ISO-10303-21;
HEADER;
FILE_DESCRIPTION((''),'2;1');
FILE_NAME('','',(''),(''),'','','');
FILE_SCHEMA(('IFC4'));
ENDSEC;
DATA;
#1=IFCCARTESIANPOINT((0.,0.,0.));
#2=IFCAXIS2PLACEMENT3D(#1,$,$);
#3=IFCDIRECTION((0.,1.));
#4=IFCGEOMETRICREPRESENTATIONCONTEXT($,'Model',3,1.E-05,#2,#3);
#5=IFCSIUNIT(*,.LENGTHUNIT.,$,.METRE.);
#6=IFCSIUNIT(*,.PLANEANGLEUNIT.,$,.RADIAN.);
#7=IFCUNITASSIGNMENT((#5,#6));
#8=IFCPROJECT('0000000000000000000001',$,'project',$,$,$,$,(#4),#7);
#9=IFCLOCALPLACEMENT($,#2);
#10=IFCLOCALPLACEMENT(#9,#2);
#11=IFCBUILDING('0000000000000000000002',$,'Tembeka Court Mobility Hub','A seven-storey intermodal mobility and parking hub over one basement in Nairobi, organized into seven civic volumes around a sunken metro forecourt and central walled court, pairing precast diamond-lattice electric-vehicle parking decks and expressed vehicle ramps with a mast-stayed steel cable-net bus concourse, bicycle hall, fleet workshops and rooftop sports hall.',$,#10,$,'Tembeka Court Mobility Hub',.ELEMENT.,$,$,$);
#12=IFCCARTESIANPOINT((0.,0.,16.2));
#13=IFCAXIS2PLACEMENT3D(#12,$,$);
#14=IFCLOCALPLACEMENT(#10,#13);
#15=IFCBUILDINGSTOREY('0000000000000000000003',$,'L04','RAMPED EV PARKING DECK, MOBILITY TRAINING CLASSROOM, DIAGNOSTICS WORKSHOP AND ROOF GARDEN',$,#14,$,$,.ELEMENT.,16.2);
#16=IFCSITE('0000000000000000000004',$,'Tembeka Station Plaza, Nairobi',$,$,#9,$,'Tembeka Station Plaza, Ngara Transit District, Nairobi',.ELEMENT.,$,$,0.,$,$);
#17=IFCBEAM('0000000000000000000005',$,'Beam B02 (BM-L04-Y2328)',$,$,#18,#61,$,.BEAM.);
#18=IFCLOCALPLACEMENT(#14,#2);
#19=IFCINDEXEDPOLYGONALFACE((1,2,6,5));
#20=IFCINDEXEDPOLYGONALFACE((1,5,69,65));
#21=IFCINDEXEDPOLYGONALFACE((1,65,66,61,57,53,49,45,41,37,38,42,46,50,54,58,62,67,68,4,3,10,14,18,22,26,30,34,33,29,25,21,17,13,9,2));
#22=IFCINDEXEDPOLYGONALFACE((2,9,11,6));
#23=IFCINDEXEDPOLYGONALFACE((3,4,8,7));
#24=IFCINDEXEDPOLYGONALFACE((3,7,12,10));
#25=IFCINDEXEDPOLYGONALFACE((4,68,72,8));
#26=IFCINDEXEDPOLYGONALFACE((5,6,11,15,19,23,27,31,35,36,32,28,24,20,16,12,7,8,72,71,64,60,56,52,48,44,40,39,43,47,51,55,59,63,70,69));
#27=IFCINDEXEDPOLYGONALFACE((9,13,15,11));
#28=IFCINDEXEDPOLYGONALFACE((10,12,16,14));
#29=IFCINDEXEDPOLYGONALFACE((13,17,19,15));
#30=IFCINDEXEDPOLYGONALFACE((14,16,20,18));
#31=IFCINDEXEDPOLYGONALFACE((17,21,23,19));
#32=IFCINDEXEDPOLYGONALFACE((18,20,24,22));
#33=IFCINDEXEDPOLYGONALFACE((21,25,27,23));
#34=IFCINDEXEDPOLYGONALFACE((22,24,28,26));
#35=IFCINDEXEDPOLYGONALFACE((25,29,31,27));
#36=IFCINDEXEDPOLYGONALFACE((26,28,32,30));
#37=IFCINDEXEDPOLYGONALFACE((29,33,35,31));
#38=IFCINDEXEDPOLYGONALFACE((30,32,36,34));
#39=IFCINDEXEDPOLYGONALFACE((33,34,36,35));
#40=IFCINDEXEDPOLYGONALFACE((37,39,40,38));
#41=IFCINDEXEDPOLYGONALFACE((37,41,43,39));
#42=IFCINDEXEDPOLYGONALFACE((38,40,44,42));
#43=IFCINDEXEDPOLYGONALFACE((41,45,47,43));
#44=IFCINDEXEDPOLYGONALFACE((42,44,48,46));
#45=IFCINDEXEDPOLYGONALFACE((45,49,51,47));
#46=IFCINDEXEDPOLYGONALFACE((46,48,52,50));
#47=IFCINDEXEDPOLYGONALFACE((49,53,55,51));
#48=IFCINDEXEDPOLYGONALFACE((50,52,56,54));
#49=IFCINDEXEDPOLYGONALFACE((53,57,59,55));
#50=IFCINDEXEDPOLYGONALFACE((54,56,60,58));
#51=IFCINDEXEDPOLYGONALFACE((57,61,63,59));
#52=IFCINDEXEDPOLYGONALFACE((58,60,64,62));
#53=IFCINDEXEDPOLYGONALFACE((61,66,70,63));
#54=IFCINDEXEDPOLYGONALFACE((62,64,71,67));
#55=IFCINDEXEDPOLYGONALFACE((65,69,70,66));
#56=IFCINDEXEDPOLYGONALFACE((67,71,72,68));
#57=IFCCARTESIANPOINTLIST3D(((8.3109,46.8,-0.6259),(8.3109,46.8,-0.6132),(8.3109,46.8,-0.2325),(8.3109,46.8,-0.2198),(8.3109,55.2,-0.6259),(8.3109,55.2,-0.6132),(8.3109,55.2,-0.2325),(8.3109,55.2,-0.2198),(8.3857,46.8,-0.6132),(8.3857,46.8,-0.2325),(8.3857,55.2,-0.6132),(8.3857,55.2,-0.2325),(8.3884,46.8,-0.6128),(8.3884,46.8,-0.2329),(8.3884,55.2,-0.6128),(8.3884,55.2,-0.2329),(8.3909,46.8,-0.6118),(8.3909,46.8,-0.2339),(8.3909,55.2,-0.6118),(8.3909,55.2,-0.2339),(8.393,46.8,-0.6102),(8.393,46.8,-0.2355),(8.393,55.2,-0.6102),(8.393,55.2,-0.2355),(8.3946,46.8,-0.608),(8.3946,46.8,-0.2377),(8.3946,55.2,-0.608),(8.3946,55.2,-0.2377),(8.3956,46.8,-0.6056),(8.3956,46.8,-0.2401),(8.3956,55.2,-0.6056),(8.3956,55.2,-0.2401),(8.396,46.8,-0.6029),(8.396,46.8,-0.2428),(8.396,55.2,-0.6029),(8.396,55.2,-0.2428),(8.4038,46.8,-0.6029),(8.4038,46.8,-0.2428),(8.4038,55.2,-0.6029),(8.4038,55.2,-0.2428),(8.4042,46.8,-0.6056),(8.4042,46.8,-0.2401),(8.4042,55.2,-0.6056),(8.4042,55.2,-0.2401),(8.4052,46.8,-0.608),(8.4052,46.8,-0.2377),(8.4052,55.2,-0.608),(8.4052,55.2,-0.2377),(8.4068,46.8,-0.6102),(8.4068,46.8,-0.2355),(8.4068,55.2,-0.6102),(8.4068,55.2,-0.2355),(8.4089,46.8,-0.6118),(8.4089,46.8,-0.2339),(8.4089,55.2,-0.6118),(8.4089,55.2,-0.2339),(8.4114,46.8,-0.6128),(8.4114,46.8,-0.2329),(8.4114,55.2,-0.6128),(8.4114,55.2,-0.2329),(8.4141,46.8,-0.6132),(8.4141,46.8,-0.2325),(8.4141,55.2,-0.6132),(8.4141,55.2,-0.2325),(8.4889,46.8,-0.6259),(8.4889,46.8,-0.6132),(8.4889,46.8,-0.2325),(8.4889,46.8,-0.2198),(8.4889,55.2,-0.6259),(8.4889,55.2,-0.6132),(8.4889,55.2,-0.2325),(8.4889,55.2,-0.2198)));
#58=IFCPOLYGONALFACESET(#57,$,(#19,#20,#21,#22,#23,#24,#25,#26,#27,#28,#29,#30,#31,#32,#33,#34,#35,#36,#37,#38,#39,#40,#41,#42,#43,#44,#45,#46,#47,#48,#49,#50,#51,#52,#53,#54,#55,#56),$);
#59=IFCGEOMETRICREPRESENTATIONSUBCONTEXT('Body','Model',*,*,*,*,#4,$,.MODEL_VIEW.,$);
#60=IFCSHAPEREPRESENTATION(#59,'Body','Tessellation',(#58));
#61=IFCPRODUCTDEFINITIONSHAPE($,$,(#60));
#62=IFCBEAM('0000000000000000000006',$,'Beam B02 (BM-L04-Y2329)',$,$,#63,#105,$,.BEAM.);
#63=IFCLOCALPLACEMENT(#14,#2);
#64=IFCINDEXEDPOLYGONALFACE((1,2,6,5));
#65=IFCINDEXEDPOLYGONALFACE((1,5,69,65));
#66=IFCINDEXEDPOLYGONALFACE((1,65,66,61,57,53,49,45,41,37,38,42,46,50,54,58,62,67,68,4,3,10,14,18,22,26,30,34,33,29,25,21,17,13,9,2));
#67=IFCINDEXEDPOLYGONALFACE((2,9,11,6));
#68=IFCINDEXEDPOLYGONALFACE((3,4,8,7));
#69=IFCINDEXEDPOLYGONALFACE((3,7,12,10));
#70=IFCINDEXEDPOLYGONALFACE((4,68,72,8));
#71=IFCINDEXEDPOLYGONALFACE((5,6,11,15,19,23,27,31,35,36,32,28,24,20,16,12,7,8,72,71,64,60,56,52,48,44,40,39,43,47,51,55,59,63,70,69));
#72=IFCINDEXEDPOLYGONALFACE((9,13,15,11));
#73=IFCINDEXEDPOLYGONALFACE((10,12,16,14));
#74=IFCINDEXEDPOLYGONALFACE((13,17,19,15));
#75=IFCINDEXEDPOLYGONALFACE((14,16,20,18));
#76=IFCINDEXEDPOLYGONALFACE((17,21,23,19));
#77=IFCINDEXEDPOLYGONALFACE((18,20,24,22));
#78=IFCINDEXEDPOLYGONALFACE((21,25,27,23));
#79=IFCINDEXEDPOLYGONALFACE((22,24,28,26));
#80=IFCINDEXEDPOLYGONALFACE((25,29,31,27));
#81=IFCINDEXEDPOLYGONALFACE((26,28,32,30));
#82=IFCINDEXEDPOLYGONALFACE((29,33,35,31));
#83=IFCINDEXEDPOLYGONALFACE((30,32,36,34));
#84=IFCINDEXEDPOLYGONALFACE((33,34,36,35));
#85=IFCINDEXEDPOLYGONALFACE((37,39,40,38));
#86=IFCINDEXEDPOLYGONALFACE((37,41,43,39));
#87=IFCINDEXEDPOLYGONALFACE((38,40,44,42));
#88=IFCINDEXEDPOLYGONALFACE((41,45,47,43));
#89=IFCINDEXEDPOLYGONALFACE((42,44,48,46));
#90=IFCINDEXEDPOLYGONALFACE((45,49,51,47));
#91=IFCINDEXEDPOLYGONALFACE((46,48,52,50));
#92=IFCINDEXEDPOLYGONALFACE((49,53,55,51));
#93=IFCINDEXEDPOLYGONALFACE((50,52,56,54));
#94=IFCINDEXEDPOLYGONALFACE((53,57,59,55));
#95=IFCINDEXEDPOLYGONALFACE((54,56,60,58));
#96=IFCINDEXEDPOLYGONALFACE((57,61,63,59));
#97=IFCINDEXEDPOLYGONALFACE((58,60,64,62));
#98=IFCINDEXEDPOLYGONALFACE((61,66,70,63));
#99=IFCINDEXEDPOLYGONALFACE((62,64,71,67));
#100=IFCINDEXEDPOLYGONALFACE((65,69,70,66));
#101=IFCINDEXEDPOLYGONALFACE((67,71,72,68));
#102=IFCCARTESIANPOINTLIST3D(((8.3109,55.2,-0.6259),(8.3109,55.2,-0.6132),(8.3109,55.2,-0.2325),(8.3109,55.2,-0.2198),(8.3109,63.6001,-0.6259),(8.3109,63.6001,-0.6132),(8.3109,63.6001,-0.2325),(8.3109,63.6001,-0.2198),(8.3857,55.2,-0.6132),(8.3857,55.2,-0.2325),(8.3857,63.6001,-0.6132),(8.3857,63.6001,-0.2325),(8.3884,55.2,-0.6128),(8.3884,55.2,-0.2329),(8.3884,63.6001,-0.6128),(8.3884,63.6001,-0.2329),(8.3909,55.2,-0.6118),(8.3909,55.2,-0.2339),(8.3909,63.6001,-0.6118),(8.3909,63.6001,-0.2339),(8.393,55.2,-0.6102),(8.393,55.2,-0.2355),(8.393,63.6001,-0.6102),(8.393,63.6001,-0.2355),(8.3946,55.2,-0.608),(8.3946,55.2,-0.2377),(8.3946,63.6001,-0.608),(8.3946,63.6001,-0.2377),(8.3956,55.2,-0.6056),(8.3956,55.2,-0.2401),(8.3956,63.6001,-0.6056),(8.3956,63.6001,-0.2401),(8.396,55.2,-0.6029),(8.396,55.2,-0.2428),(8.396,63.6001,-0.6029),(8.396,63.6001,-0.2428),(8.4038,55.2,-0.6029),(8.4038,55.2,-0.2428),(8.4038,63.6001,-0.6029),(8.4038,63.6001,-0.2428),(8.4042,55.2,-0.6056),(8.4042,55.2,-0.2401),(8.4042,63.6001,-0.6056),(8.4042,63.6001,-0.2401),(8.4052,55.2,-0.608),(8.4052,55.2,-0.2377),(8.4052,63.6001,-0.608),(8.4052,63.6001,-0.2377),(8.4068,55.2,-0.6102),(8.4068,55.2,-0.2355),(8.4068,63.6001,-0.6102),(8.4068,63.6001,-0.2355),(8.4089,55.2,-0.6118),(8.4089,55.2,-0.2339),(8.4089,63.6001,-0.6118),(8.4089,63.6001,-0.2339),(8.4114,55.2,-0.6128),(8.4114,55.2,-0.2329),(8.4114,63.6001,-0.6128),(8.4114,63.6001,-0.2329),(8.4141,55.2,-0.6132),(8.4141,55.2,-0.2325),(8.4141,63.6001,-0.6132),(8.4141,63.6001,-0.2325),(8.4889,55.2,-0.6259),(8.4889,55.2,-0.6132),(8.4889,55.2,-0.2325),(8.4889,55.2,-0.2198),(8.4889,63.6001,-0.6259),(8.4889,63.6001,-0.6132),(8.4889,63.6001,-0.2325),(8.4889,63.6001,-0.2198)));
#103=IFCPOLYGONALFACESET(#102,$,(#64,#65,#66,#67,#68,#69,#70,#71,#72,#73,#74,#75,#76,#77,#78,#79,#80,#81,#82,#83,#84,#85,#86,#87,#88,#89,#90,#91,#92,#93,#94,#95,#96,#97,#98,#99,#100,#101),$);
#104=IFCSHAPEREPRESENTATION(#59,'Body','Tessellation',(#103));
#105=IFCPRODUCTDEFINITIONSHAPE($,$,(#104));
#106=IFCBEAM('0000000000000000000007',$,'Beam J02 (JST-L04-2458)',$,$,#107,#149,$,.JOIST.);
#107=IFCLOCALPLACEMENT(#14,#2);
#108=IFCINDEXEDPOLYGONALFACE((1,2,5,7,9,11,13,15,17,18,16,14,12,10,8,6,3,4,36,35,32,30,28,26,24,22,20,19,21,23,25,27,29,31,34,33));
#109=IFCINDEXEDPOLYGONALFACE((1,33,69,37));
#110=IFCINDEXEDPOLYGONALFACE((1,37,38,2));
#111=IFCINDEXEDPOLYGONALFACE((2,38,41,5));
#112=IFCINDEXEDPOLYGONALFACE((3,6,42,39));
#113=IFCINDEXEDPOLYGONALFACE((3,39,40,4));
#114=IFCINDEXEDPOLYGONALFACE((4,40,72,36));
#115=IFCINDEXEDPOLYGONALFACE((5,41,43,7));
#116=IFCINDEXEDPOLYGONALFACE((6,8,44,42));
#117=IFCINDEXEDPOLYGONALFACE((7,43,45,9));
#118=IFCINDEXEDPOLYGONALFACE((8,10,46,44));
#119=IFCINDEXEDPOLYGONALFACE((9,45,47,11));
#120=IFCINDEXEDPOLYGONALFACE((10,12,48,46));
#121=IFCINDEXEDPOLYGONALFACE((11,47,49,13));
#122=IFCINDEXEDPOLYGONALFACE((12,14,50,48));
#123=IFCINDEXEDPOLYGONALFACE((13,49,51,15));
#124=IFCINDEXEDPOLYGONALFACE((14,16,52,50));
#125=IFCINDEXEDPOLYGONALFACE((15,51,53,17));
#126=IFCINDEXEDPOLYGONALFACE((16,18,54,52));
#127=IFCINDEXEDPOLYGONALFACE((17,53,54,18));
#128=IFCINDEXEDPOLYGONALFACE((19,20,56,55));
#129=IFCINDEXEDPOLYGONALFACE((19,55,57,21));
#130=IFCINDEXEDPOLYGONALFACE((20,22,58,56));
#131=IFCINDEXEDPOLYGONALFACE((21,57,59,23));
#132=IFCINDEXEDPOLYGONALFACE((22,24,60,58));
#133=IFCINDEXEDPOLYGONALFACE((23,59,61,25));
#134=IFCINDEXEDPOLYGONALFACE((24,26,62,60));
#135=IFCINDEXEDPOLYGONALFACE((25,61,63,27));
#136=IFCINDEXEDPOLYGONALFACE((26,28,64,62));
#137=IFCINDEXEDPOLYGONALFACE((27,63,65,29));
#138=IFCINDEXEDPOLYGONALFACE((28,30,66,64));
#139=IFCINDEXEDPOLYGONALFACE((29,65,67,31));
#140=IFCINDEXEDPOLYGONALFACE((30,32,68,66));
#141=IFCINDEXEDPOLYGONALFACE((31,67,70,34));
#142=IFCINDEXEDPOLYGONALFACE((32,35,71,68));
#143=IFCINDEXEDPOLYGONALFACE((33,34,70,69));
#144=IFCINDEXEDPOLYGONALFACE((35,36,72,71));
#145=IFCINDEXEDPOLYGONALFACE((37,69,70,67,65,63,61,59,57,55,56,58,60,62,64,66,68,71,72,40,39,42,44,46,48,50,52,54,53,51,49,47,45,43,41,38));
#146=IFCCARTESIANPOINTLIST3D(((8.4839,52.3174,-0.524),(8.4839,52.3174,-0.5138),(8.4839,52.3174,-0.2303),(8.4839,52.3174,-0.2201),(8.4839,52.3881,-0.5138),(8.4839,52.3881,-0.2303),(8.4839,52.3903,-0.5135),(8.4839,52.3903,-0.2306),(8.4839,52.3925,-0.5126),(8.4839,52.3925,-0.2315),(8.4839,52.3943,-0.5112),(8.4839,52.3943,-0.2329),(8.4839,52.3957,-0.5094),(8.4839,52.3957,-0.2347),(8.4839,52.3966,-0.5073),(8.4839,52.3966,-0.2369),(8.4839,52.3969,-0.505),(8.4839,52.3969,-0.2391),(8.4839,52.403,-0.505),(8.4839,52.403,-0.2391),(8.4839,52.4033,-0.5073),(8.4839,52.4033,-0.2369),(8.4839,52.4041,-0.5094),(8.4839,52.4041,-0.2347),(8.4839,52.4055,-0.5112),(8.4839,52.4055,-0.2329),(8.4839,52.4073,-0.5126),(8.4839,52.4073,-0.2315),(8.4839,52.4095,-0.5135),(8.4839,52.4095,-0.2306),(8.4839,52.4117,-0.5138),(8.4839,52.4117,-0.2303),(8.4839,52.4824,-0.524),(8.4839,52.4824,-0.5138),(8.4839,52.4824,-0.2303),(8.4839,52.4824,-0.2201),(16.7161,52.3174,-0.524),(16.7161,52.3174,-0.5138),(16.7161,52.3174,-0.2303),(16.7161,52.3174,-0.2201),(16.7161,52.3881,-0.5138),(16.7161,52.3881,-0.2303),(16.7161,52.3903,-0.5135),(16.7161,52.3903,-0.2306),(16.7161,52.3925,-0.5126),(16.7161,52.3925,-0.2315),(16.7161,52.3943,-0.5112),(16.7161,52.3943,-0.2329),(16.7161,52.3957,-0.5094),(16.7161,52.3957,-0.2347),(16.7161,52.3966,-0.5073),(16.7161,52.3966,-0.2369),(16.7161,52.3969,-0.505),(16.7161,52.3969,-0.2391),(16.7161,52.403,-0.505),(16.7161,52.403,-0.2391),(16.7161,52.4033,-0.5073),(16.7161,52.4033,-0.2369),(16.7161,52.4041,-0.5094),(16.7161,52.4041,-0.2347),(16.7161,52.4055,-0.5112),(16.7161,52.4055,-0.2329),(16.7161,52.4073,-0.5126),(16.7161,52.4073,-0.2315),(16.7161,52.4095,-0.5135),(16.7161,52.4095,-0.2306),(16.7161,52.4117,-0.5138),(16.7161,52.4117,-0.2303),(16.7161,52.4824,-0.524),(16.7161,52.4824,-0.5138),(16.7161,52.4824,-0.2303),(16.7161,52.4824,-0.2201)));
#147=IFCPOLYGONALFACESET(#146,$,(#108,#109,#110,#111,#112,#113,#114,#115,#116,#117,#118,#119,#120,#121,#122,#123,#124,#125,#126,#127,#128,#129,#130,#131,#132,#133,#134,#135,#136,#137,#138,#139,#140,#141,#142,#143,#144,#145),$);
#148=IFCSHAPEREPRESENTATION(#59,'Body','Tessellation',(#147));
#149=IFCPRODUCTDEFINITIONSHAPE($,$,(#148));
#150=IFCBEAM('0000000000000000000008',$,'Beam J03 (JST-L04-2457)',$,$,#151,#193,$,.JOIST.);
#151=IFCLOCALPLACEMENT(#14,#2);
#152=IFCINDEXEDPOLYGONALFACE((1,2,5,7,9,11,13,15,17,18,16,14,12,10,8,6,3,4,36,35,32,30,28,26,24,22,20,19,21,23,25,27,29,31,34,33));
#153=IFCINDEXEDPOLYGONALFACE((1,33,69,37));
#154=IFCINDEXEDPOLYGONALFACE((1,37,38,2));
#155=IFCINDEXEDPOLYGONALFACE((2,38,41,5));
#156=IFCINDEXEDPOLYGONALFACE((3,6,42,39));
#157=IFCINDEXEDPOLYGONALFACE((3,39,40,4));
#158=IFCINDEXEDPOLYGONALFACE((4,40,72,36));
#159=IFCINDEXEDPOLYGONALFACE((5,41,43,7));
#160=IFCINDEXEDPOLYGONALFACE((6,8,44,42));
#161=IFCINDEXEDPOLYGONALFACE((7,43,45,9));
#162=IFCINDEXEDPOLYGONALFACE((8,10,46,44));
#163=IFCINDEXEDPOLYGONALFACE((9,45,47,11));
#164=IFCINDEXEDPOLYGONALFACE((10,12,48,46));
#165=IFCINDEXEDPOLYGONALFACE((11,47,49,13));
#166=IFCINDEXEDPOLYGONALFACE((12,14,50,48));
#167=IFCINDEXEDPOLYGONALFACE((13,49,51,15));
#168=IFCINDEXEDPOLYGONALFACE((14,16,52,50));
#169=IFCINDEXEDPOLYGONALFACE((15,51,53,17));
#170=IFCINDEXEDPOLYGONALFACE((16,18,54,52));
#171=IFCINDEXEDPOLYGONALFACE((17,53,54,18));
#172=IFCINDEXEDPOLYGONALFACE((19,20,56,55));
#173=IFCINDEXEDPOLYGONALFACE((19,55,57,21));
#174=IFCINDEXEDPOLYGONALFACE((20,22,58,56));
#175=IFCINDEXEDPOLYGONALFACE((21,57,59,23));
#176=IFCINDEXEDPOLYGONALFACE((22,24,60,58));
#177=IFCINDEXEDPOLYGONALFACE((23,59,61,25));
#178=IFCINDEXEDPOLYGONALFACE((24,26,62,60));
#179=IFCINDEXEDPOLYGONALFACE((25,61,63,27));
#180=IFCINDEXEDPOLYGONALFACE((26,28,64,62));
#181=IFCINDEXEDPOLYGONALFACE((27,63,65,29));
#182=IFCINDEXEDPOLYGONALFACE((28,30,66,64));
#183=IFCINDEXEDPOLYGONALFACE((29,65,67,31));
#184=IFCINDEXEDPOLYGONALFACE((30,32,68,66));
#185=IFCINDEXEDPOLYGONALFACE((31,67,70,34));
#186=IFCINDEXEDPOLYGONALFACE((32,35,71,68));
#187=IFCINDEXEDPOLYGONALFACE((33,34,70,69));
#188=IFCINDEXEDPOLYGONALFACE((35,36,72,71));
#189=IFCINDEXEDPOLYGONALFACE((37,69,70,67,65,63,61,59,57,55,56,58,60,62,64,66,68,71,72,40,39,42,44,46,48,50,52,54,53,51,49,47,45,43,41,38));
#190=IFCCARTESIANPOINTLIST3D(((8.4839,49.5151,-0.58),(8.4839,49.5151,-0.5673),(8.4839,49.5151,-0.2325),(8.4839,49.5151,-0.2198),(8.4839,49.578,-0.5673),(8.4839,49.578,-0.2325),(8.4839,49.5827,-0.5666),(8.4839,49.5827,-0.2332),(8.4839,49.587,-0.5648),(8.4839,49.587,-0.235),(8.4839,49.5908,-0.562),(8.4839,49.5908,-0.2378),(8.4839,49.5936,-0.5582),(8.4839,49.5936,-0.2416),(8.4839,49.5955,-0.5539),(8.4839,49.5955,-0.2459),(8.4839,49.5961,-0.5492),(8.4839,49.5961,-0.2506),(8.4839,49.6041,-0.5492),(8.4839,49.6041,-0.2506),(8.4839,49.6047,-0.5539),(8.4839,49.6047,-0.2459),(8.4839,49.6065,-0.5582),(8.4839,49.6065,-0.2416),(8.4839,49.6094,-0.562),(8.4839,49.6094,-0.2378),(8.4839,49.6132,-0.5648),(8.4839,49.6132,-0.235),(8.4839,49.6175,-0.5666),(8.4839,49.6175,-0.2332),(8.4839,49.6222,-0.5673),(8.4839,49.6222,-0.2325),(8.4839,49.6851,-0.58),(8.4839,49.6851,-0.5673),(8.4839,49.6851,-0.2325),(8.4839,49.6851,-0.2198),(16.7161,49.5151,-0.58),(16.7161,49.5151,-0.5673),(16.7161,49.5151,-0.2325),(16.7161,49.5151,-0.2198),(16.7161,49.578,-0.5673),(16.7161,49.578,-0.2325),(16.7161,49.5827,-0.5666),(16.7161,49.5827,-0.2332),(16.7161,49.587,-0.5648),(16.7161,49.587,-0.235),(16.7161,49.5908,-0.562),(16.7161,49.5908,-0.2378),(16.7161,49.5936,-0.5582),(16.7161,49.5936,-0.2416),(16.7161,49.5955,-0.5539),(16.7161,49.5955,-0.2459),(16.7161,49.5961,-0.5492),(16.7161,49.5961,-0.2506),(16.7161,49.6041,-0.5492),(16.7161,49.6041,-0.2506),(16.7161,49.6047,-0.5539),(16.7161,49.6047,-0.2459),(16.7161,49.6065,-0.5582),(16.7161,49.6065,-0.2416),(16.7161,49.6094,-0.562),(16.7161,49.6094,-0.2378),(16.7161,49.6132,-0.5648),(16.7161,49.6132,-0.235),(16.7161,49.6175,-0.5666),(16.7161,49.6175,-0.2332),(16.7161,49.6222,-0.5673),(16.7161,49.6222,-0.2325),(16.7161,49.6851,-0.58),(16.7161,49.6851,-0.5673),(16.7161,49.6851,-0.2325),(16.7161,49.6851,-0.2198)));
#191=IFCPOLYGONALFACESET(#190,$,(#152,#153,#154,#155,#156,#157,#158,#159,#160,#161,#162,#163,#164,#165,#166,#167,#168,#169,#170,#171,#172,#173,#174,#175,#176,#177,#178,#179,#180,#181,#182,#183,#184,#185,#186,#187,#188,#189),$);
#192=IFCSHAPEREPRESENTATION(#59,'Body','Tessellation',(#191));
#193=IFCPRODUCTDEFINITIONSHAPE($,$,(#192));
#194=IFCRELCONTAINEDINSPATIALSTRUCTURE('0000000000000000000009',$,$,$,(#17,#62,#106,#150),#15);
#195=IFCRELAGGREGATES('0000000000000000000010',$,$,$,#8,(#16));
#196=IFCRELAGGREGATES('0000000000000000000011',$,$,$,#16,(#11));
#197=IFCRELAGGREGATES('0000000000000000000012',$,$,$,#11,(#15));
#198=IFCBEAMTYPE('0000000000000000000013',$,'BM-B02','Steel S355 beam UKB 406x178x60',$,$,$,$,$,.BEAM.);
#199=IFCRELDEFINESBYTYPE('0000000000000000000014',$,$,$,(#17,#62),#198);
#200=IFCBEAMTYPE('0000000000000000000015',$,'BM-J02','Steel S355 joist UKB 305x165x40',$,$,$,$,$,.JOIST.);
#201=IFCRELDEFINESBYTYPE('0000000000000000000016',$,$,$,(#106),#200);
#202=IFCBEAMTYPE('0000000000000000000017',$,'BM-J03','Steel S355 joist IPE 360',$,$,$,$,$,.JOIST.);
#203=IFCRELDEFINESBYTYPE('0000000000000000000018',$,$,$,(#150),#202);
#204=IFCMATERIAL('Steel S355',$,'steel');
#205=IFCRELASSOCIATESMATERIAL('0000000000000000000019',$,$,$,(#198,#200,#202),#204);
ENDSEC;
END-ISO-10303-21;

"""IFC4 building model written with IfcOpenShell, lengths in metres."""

from ifc_helpers import new_model, si_unit, direction, frame, origin, origin_2d, place, context, subcontext, project, spatial, i_section, extrude, material, material_profile, profile_set, type_object, element, save


model = new_model("IFC4")

# Units and contexts
model_context = context("Model", 3, precision=1e-05, world=origin(), true_north=direction((0.0, 1.0)))
body_context = subcontext(model_context, "Body", "Model", "MODEL_VIEW")
ifc_project = project(units=[si_unit("LENGTHUNIT", "METRE"), si_unit("PLANEANGLEUNIT", "RADIAN")], contexts=[model_context])

# Site, building, storey
site_placement = place(None, origin())
site = spatial("IfcSite", under=ifc_project, at=site_placement, Name="Tembeka Station Plaza, Nairobi", LongName="Tembeka Station Plaza, Ngara Transit District, Nairobi", CompositionType="ELEMENT", RefElevation=0.0)
building_placement = place(site_placement, origin())
building = spatial("IfcBuilding", under=site, at=building_placement, Name="Tembeka Court Mobility Hub", Description="A seven-storey intermodal mobility and parking hub over one basement in Nairobi, organized into seven civic volumes around a sunken metro forecourt and central walled court, pairing precast diamond-lattice electric-vehicle parking decks and expressed vehicle ramps with a mast-stayed steel cable-net bus concourse, bicycle hall, fleet workshops and rooftop sports hall.", LongName="Tembeka Court Mobility Hub", CompositionType="ELEMENT")
storey_placement = place(building_placement, frame((0.0, 0.0, 16.2)))
storey = spatial("IfcBuildingStorey", under=building, at=storey_placement, Name="L04", Description="RAMPED EV PARKING DECK, MOBILITY TRAINING CLASSROOM, DIAGNOSTICS WORKSHOP AND ROOF GARDEN", CompositionType="ELEMENT", Elevation=16.2)

# Shared definitions
ifc_material_1 = material(Name="Steel S355", Category="steel")

# Beams
ifc_material_profile_1 = material_profile(ifc_material_1, i_section(OverallWidth=0.178, OverallDepth=0.406, WebThickness=0.0078, FlangeThickness=0.0127, FilletRadius=0.0103, at=origin_2d()), Name="UKB 406x178x60")
ifc_profile_set_1 = profile_set([ifc_material_profile_1], Name="Steel S355")
beam_type_1 = type_object("IfcBeamType", Name="BM-B02", Description="Steel S355 beam UKB 406x178x60", PredefinedType="BEAM", material=ifc_profile_set_1)
beam_1_placement = place(storey_placement, frame((8.3999, 46.8, -0.4229), z_axis=(0.0, 1.0, 0.0), x_axis=(-1.0, 0.0, 0.0)))
element("IfcBeam", 1, at=beam_1_placement, inside=storey, type_object=beam_type_1, Name="Beam B02 (BM-L04-Y2328)", PredefinedType="BEAM", context=body_context, shape_type="SweptSolid", body=[
    extrude(i_section(OverallWidth=0.178, OverallDepth=0.406, WebThickness=0.0078, FlangeThickness=0.0127, FilletRadius=0.0103, at=origin_2d()), origin(), (0.0, 0.0, 1.0), 8.3999),
])
beam_2_placement = place(storey_placement, frame((8.3999, 55.2, -0.4229), z_axis=(0.0, 1.0, 0.0), x_axis=(-1.0, 0.0, 0.0)))
element("IfcBeam", 2, at=beam_2_placement, inside=storey, type_object=beam_type_1, Name="Beam B02 (BM-L04-Y2329)", PredefinedType="BEAM", context=body_context, shape_type="SweptSolid", body=[
    extrude(i_section(OverallWidth=0.178, OverallDepth=0.406, WebThickness=0.0078, FlangeThickness=0.0127, FilletRadius=0.0103, at=origin_2d()), origin(), (0.0, 0.0, 1.0), 8.4001),
])
ifc_material_profile_2 = material_profile(ifc_material_1, i_section(OverallWidth=0.165, OverallDepth=0.304, WebThickness=0.0061, FlangeThickness=0.0103, FilletRadius=0.0088, at=origin_2d()), Name="UKB 305x165x40")
ifc_profile_set_2 = profile_set([ifc_material_profile_2], Name="Steel S355")
beam_type_2 = type_object("IfcBeamType", Name="BM-J02", Description="Steel S355 joist UKB 305x165x40", PredefinedType="JOIST", material=ifc_profile_set_2)
beam_3_placement = place(storey_placement, frame((8.4839, 52.3999, -0.3721), z_axis=(1.0, 0.0, 0.0), x_axis=(0.0, 1.0, 0.0)))
element("IfcBeam", 3, at=beam_3_placement, inside=storey, type_object=beam_type_2, Name="Beam J02 (JST-L04-2458)", PredefinedType="JOIST", context=body_context, shape_type="SweptSolid", body=[
    extrude(i_section(OverallWidth=0.165, OverallDepth=0.304, WebThickness=0.0061, FlangeThickness=0.0103, FilletRadius=0.0088, at=origin_2d()), origin(), (0.0, 0.0, 1.0), 8.2322),
])
ifc_material_profile_3 = material_profile(ifc_material_1, i_section(OverallWidth=0.1699, OverallDepth=0.3601, WebThickness=0.0081, FlangeThickness=0.0127, FilletRadius=0.0181, at=origin_2d()), Name="IPE 360")
ifc_profile_set_3 = profile_set([ifc_material_profile_3], Name="Steel S355")
beam_type_3 = type_object("IfcBeamType", Name="BM-J03", Description="Steel S355 joist IPE 360", PredefinedType="JOIST", material=ifc_profile_set_3)
beam_4_placement = place(storey_placement, frame((8.4839, 49.6001, -0.3999), z_axis=(1.0, 0.0, 0.0), x_axis=(0.0, 1.0, 0.0)))
element("IfcBeam", 4, at=beam_4_placement, inside=storey, type_object=beam_type_3, Name="Beam J03 (JST-L04-2457)", PredefinedType="JOIST", context=body_context, shape_type="SweptSolid", body=[
    extrude(i_section(OverallWidth=0.1699, OverallDepth=0.3601, WebThickness=0.0081, FlangeThickness=0.0127, FilletRadius=0.0181, at=origin_2d()), origin(), (0.0, 0.0, 1.0), 8.2322),
])

save(model, "model.ifc")
